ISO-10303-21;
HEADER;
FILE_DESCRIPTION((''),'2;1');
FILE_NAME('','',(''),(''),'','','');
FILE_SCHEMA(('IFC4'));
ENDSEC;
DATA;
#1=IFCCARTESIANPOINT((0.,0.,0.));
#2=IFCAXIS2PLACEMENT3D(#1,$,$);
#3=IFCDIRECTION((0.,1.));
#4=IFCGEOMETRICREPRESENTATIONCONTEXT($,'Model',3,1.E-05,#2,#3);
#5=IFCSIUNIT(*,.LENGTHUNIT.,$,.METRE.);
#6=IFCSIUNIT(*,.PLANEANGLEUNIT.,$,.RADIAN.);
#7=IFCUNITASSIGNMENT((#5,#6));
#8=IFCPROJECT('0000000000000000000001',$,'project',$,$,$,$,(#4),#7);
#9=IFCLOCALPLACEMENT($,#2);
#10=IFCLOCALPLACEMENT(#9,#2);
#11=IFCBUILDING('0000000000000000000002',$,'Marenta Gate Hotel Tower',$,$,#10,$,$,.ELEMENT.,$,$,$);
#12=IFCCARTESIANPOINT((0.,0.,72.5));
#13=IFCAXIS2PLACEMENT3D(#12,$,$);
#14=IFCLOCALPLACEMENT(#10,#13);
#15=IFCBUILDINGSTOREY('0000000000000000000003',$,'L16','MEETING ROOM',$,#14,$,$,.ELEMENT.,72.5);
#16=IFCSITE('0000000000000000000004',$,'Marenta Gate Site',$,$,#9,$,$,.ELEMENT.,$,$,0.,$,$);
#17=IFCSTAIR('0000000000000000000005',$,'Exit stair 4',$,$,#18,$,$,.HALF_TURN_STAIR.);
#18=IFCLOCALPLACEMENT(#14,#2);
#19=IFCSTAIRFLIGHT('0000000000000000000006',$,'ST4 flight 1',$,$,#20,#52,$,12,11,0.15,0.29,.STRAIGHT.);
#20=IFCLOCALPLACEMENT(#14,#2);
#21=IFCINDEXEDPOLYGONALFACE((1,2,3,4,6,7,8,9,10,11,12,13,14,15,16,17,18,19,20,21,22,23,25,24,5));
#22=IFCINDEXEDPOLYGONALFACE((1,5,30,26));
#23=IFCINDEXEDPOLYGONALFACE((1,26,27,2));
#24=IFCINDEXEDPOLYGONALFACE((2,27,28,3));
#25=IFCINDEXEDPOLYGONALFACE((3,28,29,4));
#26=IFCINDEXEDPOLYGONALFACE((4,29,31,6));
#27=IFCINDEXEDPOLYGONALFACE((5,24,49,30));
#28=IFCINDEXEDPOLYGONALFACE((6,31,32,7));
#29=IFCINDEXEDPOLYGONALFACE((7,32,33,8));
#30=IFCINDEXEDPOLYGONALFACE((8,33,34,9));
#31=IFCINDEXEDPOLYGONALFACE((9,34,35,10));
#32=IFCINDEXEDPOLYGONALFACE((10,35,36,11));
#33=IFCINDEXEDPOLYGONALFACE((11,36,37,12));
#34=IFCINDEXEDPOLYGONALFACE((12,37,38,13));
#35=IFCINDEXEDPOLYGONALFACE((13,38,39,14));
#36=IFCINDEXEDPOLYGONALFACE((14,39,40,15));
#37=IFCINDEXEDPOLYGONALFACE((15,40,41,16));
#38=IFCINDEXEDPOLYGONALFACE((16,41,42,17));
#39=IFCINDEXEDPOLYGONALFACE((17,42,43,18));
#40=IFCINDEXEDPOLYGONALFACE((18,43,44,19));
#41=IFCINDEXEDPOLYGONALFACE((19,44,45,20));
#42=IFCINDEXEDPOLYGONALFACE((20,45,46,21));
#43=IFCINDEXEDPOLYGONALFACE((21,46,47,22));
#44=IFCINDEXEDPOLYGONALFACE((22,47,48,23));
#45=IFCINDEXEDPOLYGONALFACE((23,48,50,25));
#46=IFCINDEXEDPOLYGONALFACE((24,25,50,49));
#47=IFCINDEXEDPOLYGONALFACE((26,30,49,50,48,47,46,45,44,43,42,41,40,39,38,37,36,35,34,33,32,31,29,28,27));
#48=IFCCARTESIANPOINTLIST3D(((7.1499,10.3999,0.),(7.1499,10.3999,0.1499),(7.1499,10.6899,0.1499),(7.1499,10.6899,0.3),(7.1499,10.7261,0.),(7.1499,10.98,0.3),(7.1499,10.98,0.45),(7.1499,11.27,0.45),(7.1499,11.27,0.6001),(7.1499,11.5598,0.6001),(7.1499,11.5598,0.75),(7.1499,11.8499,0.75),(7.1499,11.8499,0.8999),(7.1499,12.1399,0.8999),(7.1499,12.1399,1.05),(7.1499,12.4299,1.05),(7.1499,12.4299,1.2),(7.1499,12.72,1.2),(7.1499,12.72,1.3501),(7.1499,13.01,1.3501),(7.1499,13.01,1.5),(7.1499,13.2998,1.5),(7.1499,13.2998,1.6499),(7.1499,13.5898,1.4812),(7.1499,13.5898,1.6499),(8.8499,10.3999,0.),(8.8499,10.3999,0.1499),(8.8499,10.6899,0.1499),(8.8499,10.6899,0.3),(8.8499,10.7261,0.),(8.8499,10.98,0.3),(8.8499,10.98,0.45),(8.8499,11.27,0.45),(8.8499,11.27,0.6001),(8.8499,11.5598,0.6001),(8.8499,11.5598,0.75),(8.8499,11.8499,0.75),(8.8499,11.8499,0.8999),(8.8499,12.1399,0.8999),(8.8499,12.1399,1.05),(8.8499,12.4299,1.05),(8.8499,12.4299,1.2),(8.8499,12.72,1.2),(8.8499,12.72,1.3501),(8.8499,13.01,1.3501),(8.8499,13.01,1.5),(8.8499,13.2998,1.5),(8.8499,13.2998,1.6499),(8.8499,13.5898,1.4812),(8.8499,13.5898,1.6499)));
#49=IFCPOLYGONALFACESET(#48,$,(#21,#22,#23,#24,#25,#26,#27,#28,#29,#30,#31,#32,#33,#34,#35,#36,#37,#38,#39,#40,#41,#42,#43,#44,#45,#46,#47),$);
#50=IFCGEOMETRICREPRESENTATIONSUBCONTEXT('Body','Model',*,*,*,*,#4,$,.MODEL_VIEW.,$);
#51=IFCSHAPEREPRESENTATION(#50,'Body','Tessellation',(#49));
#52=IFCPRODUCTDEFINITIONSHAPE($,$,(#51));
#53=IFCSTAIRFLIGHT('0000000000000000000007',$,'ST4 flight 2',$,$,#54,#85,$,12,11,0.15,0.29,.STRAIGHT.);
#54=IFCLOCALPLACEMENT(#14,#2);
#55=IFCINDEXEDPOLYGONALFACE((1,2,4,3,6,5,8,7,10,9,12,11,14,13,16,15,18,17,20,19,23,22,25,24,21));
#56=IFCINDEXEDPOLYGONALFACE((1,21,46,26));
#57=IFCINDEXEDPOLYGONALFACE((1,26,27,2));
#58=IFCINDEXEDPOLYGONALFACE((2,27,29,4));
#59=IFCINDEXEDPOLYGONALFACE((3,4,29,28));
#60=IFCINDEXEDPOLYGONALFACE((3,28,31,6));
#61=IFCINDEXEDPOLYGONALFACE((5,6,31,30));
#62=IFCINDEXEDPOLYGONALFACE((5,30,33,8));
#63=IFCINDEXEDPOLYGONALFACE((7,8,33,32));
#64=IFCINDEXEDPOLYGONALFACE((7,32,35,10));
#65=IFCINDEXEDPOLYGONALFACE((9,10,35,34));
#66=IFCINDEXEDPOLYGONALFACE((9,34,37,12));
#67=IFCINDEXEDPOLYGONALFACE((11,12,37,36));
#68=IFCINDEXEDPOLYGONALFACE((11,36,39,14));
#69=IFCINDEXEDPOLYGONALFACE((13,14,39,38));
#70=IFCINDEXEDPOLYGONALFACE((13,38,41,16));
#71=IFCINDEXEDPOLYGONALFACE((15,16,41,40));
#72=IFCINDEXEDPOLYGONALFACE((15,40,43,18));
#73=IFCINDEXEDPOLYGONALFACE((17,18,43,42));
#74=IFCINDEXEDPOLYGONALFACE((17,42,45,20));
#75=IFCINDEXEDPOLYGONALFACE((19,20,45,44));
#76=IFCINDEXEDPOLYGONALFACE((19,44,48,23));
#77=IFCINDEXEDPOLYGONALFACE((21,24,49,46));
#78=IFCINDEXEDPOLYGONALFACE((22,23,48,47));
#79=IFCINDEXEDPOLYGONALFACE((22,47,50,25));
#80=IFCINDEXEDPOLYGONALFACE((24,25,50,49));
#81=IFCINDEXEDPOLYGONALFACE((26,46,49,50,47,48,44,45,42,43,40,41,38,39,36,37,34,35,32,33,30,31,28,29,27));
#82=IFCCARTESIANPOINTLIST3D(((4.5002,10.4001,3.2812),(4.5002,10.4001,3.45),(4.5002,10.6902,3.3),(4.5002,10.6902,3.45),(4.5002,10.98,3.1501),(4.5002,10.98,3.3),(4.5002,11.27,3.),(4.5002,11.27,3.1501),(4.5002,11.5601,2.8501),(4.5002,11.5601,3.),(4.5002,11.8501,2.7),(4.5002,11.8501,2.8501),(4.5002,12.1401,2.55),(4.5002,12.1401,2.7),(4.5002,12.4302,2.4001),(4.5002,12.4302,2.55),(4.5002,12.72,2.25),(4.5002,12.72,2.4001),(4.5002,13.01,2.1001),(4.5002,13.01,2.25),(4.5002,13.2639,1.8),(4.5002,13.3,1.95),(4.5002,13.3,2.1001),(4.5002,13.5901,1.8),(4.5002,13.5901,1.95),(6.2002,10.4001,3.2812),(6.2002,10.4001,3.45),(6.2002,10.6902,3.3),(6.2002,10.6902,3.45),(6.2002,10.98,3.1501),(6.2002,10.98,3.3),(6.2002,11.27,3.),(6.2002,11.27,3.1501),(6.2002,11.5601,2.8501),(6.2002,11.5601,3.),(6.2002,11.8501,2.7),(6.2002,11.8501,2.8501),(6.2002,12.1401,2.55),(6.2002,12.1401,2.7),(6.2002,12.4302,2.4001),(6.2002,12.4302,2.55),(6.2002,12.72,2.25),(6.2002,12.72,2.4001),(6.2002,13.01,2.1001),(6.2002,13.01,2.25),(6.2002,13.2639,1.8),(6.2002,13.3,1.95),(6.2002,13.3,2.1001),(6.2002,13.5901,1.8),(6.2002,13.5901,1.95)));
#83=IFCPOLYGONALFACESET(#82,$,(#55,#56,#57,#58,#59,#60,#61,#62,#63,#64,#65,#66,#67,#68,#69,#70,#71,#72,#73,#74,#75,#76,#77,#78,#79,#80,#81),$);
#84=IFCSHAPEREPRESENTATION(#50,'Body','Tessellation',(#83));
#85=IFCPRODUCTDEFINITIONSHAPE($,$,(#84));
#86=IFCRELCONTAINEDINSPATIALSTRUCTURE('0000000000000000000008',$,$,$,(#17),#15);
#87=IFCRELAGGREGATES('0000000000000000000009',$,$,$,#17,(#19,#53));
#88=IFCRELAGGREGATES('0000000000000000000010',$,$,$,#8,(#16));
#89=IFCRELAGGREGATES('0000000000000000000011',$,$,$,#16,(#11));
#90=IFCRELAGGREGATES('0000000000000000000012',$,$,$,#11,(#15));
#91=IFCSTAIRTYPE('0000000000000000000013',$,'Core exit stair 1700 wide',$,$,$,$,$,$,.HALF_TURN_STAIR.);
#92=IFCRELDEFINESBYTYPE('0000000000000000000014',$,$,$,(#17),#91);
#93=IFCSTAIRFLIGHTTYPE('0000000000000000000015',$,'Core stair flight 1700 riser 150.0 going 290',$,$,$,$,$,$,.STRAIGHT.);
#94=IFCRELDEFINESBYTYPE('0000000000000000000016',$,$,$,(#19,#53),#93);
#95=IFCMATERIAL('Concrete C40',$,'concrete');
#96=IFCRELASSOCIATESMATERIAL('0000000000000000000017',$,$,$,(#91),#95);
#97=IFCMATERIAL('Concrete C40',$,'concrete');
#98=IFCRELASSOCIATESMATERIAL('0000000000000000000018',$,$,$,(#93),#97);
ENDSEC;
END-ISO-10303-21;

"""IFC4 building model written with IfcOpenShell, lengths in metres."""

from ifc_helpers import new_model, si_unit, direction, frame, origin, place, context, subcontext, project, spatial, polyline, outline, extrude, material, type_object, element, aggregate, save


model = new_model("IFC4")

# Units and contexts
model_context = context("Model", 3, precision=1e-05, world=origin(), true_north=direction((0.0, 1.0)))
body_context = subcontext(model_context, "Body", "Model", "MODEL_VIEW")
ifc_project = project(units=[si_unit("LENGTHUNIT", "METRE"), si_unit("PLANEANGLEUNIT", "RADIAN")], contexts=[model_context])

# Site, building, storey
site_placement = place(None, origin())
site = spatial("IfcSite", under=ifc_project, at=site_placement, Name="Marenta Gate Site", CompositionType="ELEMENT", RefElevation=0.0)
building_placement = place(site_placement, origin())
building = spatial("IfcBuilding", under=site, at=building_placement, Name="Marenta Gate Hotel Tower", CompositionType="ELEMENT")
storey_placement = place(building_placement, frame((0.0, 0.0, 72.5)))
storey = spatial("IfcBuildingStorey", under=building, at=storey_placement, Name="L16", Description="MEETING ROOM", CompositionType="ELEMENT", Elevation=72.5)

# Stair, stair flights
ifc_material_1 = material(Name="Concrete C40", Category="concrete")
stair_type = type_object("IfcStairType", Name="Core exit stair 1700 wide", PredefinedType="HALF_TURN_STAIR", material=ifc_material_1)
ifc_material_2 = material(Name="Concrete C40", Category="concrete")
stair_flight_type = type_object("IfcStairFlightType", Name="Core stair flight 1700 riser 150.0 going 290", PredefinedType="STRAIGHT", material=ifc_material_2)
stair_1_placement = place(storey_placement, origin())
stair_1 = element("IfcStair", 1, at=stair_1_placement, inside=storey, type_object=stair_type, Name="Exit stair 4", PredefinedType="HALF_TURN_STAIR")
stair_flight_1_placement = place(storey_placement, frame((8.0, 10.3999, 0.0), z_axis=(0.0, 0.0, 1.0), x_axis=(0.0, 1.0, 0.0)))
stair_flight_1 = element("IfcStairFlight", 2, at=stair_flight_1_placement, type_object=stair_flight_type, Name="ST4 flight 1", NumberOfRisers=12, NumberOfTreads=11, PredefinedType="STRAIGHT", RiserHeight=0.15, TreadLength=0.29, context=body_context, shape_type="SweptSolid", body=[
    extrude(outline(polyline([(0.0, 0.0), (0.0, 0.1499), (0.29, 0.1499), (0.29, 0.3), (0.5801, 0.3), (0.5801, 0.45), (0.8701, 0.45), (0.8701, 0.6001), (1.1599, 0.6001), (1.1599, 0.75), (1.45, 0.75), (1.45, 0.8999), (1.74, 0.8999), (1.74, 1.05), (2.03, 1.05), (2.03, 1.2), (2.3201, 1.2), (2.3201, 1.3501), (2.6101, 1.3501), (2.6101, 1.5), (2.8999, 1.5), (2.8999, 1.6499), (3.1899, 1.6499), (3.1899, 1.8), (3.1899, 1.4812), (0.3262, 0.0), (0.0, 0.0)])), frame((0.0, 0.8501, 0.0), z_axis=(0.0, -1.0, 0.0), x_axis=(1.0, 0.0, 0.0)), (0.0, 0.0, 1.0), 1.7),
])
stair_flight_2_placement = place(storey_placement, frame((5.3501, 13.5901, 1.8), z_axis=(0.0, 0.0, 1.0), x_axis=(0.0, -1.0, 0.0)))
stair_flight_2 = element("IfcStairFlight", 3, at=stair_flight_2_placement, type_object=stair_flight_type, Name="ST4 flight 2", NumberOfRisers=12, NumberOfTreads=11, PredefinedType="STRAIGHT", RiserHeight=0.15, TreadLength=0.29, context=body_context, shape_type="SweptSolid", body=[
    extrude(outline(polyline([(0.0, 0.0), (0.0, 0.1499), (0.29, 0.1499), (0.29, 0.3), (0.5801, 0.3), (0.5801, 0.45), (0.8701, 0.45), (0.8701, 0.6001), (1.1599, 0.6001), (1.1599, 0.75), (1.45, 0.75), (1.45, 0.8999), (1.74, 0.8999), (1.74, 1.05), (2.03, 1.05), (2.03, 1.2), (2.3201, 1.2), (2.3201, 1.3501), (2.6101, 1.3501), (2.6101, 1.5), (2.8999, 1.5), (2.8999, 1.6499), (3.1899, 1.6499), (3.1899, 1.8), (3.1899, 1.4812), (0.3262, 0.0), (0.0, 0.0)])), frame((0.0, 0.8501, 0.0), z_axis=(0.0, -1.0, 0.0), x_axis=(1.0, 0.0, 0.0)), (0.0, 0.0, 1.0), 1.7),
])
aggregate(stair_1, [stair_flight_1, stair_flight_2])

save(model, "model.ifc")
